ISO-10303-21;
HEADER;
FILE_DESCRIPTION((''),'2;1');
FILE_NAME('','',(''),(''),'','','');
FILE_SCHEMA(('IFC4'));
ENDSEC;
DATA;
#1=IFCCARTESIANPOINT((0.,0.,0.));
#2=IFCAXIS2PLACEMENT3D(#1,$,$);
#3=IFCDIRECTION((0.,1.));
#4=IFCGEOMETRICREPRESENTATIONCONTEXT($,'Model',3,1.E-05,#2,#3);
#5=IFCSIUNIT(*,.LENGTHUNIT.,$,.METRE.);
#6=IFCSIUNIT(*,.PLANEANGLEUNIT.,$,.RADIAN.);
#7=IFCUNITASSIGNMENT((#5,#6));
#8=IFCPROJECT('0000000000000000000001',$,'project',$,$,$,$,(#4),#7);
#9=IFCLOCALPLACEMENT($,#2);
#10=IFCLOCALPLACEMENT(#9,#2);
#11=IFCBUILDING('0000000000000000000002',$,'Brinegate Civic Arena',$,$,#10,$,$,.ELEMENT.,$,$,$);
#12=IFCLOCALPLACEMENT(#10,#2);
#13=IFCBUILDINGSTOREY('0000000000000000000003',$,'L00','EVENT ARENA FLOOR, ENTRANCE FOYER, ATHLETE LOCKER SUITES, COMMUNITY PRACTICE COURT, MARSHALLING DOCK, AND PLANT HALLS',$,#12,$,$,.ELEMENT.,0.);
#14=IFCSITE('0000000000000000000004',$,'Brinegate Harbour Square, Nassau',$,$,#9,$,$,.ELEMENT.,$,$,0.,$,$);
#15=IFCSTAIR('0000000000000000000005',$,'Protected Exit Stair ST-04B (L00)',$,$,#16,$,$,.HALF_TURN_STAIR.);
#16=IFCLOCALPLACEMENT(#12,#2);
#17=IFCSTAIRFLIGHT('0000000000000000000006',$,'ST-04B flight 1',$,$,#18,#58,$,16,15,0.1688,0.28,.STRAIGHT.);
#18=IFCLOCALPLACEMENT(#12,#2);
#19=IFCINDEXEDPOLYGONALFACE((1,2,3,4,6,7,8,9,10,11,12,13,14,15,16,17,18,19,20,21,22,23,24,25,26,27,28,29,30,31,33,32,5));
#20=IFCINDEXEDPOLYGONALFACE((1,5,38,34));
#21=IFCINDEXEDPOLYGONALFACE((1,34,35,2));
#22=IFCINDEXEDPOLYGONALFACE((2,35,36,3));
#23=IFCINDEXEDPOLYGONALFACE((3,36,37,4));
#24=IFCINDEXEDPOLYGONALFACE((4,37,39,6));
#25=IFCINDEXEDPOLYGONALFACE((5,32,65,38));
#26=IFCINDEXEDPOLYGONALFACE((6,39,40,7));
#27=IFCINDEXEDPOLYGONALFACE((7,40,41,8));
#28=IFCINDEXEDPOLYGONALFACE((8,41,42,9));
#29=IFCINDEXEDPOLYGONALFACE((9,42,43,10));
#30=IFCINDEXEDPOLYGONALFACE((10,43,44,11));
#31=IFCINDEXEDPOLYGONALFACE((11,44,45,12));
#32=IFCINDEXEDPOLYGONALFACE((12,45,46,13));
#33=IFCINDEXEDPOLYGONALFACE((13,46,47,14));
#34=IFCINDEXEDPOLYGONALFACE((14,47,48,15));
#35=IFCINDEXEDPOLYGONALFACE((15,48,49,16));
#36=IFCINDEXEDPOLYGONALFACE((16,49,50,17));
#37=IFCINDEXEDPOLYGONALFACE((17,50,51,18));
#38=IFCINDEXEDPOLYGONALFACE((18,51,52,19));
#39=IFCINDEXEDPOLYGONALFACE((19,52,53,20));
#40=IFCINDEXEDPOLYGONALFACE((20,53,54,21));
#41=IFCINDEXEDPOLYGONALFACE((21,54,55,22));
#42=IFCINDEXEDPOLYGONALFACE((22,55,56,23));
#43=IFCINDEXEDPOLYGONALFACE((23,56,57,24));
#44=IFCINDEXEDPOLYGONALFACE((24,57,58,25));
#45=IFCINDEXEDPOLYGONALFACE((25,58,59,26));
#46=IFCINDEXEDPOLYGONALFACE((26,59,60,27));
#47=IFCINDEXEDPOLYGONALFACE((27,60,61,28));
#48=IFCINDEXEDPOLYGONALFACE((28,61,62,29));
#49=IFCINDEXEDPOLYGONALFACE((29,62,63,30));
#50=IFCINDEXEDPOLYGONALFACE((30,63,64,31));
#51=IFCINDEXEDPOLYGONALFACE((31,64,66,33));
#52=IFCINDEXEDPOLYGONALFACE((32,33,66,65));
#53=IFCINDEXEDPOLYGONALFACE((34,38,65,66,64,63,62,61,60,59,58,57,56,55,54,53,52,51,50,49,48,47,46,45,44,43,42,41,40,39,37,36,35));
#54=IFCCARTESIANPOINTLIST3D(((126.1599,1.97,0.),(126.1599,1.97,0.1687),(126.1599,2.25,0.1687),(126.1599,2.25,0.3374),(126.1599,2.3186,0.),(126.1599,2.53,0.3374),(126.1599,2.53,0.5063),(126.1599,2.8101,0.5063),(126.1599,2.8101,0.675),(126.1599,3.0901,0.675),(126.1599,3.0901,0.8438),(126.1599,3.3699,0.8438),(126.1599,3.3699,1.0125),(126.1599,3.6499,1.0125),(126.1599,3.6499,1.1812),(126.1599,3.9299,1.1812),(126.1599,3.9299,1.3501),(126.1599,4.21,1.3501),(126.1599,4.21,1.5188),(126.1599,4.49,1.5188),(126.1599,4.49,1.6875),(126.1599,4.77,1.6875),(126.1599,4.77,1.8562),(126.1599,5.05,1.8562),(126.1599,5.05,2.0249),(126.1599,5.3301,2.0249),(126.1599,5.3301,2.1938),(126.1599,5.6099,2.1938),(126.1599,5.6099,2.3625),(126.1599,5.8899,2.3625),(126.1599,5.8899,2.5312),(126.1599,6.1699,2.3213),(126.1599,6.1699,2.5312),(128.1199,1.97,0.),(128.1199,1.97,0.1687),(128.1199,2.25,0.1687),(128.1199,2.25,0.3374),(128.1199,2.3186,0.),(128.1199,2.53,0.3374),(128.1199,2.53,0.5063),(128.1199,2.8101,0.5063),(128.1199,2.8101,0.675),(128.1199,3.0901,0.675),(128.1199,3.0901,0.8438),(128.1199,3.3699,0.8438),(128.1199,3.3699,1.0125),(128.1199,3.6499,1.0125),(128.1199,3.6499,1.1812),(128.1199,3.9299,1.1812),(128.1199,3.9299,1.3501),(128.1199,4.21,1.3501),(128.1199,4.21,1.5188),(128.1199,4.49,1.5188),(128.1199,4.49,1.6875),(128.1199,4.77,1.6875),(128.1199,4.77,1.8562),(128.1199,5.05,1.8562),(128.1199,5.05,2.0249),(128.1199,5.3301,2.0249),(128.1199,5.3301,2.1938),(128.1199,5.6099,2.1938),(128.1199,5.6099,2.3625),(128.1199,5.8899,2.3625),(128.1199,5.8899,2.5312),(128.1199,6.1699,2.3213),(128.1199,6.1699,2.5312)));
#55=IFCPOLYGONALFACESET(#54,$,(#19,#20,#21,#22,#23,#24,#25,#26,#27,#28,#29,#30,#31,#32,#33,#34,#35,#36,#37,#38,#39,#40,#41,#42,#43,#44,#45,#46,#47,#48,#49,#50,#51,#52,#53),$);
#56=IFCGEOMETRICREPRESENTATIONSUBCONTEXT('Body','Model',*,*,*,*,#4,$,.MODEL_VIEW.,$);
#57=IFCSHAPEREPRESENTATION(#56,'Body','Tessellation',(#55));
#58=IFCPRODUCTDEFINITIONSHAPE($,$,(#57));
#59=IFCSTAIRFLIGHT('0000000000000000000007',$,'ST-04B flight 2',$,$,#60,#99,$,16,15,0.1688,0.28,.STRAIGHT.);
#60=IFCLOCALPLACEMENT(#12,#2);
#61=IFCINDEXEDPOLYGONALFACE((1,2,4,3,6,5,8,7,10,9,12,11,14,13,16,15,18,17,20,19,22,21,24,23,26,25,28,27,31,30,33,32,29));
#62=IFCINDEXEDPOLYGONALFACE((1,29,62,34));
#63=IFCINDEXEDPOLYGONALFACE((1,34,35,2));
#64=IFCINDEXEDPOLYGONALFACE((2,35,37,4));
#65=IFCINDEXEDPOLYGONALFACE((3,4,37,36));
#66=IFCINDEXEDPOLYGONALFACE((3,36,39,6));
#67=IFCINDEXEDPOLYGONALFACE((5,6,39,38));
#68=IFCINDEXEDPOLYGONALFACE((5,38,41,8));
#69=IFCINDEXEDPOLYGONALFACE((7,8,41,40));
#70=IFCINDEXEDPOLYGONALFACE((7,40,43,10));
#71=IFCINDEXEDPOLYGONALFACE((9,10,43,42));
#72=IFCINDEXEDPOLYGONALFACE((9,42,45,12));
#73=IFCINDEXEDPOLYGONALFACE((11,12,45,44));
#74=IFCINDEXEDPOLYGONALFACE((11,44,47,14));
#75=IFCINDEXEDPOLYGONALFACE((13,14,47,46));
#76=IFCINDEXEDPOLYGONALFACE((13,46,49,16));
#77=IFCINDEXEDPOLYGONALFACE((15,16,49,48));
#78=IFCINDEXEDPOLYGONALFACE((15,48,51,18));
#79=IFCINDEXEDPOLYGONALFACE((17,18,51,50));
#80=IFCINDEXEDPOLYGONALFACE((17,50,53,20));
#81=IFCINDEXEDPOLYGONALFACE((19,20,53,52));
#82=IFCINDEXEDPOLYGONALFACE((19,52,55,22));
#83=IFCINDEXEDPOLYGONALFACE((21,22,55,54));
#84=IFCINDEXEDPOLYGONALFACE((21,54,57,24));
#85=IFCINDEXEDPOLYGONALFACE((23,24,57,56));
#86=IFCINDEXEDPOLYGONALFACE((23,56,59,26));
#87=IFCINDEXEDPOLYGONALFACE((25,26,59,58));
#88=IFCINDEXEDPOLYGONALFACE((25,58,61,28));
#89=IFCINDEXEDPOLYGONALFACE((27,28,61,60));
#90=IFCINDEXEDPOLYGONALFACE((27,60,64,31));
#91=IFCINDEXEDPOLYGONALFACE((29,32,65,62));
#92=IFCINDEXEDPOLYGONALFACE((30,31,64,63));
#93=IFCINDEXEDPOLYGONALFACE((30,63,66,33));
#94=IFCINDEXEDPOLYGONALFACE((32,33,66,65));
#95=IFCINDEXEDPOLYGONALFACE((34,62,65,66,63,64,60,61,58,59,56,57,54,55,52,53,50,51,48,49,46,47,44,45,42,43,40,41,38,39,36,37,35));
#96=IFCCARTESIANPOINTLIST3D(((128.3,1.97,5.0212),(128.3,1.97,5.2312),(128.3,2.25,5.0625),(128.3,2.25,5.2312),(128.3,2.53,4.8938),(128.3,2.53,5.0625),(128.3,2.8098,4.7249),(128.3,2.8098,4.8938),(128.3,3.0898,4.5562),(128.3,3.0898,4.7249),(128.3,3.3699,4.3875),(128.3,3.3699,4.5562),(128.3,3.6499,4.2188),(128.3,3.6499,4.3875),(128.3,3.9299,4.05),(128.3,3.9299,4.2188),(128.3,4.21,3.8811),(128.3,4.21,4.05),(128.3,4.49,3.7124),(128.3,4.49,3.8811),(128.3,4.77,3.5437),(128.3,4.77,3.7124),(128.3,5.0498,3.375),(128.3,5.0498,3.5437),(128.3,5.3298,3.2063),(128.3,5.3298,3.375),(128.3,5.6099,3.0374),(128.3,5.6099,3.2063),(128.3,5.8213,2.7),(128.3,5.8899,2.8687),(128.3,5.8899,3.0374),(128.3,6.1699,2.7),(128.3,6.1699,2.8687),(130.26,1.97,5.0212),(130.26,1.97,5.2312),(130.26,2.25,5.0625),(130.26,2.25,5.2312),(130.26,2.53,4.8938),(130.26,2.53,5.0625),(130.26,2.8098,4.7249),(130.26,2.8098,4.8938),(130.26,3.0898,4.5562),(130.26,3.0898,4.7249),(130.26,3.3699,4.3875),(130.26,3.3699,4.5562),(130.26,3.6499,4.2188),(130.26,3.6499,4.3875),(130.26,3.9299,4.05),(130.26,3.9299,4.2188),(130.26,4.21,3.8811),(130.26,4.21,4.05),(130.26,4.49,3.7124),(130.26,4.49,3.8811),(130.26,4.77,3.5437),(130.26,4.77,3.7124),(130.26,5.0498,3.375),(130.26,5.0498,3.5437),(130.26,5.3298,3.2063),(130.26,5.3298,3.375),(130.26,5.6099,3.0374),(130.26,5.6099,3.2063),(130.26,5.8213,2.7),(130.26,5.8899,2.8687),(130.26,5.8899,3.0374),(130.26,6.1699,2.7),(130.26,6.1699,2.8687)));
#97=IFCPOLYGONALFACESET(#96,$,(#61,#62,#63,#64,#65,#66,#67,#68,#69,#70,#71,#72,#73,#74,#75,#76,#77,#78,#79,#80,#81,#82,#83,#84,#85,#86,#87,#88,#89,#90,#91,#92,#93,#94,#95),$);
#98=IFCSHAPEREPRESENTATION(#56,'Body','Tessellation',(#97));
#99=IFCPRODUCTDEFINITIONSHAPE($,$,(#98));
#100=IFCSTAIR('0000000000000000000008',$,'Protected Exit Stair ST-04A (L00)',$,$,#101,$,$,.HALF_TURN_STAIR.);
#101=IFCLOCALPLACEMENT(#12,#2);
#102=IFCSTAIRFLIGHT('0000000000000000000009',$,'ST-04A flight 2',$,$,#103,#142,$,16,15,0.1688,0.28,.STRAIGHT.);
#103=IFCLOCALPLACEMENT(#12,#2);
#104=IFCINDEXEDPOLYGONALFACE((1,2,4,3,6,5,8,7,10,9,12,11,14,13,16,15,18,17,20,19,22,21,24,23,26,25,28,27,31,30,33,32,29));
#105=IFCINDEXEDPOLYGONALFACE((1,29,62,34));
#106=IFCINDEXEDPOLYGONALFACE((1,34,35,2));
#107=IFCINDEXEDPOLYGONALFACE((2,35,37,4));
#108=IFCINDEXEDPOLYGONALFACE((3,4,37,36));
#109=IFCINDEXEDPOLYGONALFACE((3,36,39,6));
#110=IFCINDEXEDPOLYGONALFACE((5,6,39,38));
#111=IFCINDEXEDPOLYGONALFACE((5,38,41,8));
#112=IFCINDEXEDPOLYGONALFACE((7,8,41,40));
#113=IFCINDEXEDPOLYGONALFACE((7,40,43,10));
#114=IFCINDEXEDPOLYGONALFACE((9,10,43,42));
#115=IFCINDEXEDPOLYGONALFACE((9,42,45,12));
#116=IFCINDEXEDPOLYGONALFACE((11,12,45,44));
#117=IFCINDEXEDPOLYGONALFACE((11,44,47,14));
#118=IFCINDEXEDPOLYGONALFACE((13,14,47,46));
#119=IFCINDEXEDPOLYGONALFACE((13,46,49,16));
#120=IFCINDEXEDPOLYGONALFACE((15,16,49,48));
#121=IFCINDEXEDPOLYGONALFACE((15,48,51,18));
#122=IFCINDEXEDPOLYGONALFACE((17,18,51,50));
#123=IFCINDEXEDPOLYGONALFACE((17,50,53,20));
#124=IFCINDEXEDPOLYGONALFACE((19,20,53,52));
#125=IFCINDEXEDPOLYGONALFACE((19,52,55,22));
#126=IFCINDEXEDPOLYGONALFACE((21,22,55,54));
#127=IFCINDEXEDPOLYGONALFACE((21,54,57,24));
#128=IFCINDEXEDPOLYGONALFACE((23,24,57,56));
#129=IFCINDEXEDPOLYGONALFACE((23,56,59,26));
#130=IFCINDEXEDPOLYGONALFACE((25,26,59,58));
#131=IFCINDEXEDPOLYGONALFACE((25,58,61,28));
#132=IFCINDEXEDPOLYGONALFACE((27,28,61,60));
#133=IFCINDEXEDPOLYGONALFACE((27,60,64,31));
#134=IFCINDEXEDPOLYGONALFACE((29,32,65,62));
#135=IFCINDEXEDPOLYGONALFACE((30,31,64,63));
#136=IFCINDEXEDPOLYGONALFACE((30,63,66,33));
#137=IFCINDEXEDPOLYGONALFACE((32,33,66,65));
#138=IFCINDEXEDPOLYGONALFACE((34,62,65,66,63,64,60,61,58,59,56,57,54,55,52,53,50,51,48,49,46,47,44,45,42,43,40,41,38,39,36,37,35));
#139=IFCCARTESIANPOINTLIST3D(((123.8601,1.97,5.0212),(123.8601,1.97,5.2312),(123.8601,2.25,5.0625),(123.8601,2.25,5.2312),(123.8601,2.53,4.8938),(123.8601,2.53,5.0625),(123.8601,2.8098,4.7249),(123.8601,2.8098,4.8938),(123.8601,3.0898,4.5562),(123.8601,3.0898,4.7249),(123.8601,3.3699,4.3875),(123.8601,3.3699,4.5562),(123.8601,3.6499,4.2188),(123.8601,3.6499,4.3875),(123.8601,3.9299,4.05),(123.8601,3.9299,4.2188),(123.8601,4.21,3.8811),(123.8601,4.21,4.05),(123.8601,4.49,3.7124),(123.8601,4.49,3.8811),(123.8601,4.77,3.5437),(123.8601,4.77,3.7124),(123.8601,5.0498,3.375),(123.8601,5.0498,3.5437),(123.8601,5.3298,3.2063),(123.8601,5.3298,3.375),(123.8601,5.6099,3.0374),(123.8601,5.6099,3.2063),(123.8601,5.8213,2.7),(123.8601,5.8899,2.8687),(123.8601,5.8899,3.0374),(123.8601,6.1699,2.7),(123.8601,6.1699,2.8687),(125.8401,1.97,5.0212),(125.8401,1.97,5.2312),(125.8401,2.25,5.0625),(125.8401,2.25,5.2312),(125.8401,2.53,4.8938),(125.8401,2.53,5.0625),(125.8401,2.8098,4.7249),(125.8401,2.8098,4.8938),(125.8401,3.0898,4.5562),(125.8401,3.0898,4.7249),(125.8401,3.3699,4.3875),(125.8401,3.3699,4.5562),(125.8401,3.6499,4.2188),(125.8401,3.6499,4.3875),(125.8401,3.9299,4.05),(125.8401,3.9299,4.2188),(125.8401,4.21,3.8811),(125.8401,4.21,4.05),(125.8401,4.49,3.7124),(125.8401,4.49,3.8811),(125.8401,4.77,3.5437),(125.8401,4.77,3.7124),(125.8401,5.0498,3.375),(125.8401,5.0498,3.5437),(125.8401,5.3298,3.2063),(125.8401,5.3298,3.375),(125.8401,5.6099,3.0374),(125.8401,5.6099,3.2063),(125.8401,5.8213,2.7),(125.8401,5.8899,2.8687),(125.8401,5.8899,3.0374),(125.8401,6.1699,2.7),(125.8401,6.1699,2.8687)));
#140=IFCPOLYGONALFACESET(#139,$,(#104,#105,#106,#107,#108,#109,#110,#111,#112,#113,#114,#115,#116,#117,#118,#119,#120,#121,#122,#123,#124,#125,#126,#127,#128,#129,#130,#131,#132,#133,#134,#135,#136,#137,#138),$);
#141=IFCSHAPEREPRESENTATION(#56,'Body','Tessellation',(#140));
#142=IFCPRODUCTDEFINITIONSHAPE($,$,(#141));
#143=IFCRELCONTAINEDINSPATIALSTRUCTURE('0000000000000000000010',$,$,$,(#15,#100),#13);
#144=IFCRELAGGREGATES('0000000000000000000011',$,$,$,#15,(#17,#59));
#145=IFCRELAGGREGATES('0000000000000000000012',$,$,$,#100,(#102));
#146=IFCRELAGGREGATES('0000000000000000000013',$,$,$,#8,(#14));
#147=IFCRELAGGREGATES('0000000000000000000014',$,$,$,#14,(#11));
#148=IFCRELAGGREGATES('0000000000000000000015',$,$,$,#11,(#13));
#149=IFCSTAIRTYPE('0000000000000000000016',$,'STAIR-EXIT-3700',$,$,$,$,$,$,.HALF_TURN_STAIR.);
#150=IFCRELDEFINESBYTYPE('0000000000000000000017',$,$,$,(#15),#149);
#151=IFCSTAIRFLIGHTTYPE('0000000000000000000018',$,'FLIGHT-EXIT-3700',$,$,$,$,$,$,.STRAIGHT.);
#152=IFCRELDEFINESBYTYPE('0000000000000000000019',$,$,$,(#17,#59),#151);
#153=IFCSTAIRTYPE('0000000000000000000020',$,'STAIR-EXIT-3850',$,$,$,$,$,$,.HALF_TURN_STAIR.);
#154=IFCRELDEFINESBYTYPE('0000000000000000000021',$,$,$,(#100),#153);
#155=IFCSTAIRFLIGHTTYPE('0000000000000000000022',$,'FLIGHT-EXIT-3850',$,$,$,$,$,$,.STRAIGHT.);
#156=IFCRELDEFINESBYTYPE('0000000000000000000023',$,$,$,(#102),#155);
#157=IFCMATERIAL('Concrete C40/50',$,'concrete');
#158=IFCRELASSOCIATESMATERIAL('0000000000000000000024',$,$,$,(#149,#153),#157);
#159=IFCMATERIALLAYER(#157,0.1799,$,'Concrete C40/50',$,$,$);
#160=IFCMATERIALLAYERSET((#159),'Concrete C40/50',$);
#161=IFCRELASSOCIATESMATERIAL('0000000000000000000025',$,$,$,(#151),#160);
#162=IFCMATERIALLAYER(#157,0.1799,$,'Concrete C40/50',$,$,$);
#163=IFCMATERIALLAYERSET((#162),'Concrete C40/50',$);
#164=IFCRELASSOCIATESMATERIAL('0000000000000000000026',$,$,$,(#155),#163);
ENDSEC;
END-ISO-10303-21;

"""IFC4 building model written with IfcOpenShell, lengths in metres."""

from ifc_helpers import new_model, si_unit, direction, frame, origin, place, context, subcontext, project, spatial, polyline, outline, extrude, material, layer, layer_set, type_object, element, aggregate, save


model = new_model("IFC4")

# Units and contexts
model_context = context("Model", 3, precision=1e-05, world=origin(), true_north=direction((0.0, 1.0)))
body_context = subcontext(model_context, "Body", "Model", "MODEL_VIEW")
ifc_project = project(units=[si_unit("LENGTHUNIT", "METRE"), si_unit("PLANEANGLEUNIT", "RADIAN")], contexts=[model_context])

# Site, building, storey
site_placement = place(None, origin())
site = spatial("IfcSite", under=ifc_project, at=site_placement, Name="Brinegate Harbour Square, Nassau", CompositionType="ELEMENT", RefElevation=0.0)
building_placement = place(site_placement, origin())
building = spatial("IfcBuilding", under=site, at=building_placement, Name="Brinegate Civic Arena", CompositionType="ELEMENT")
storey_placement = place(building_placement, origin())
storey = spatial("IfcBuildingStorey", under=building, at=storey_placement, Name="L00", Description="EVENT ARENA FLOOR, ENTRANCE FOYER, ATHLETE LOCKER SUITES, COMMUNITY PRACTICE COURT, MARSHALLING DOCK, AND PLANT HALLS", CompositionType="ELEMENT", Elevation=0.0)

# Shared definitions
ifc_material_1 = material(Name="Concrete C40/50", Category="concrete")

# Stair, stair flights
stair_type_1 = type_object("IfcStairType", Name="STAIR-EXIT-3700", PredefinedType="HALF_TURN_STAIR", material=ifc_material_1)
stair_1_placement = place(storey_placement, origin())
stair_1 = element("IfcStair", 1, at=stair_1_placement, inside=storey, type_object=stair_type_1, Name="Protected Exit Stair ST-04B (L00)", PredefinedType="HALF_TURN_STAIR")
ifc_layer_1 = layer(ifc_material_1, 0.1799, Name="Concrete C40/50")
ifc_layer_set_1 = layer_set([ifc_layer_1], Name="Concrete C40/50")
stair_flight_type_1 = type_object("IfcStairFlightType", Name="FLIGHT-EXIT-3700", PredefinedType="STRAIGHT", material=ifc_layer_set_1)
stair_flight_1_placement = place(storey_placement, frame((127.1399, 1.97, 0.0), z_axis=(0.0, 0.0, 1.0), x_axis=(0.0, 1.0, 0.0)))
stair_flight_1 = element("IfcStairFlight", 2, at=stair_flight_1_placement, type_object=stair_flight_type_1, Name="ST-04B flight 1", NumberOfRisers=16, NumberOfTreads=15, PredefinedType="STRAIGHT", RiserHeight=0.1688, TreadLength=0.28, context=body_context, shape_type="SweptSolid", body=[
    extrude(outline(polyline([(0.0, 0.0), (0.0, 0.1687), (0.28, 0.1687), (0.28, 0.3374), (0.5601, 0.3374), (0.5601, 0.5063), (0.8401, 0.5063), (0.8401, 0.675), (1.1201, 0.675), (1.1201, 0.8438), (1.3999, 0.8438), (1.3999, 1.0125), (1.6799, 1.0125), (1.6799, 1.1812), (1.96, 1.1812), (1.96, 1.3501), (2.24, 1.3501), (2.24, 1.5188), (2.52, 1.5188), (2.52, 1.6875), (2.8, 1.6875), (2.8, 1.8562), (3.0801, 1.8562), (3.0801, 2.0249), (3.3601, 2.0249), (3.3601, 2.1938), (3.6399, 2.1938), (3.6399, 2.3625), (3.9199, 2.3625), (3.9199, 2.5312), (4.2, 2.5312), (4.2, 2.7), (4.2, 2.3213), (0.3486, 0.0), (0.0, 0.0)])), frame((0.0, 0.98, 0.0), z_axis=(0.0, -1.0, 0.0), x_axis=(1.0, 0.0, 0.0)), (0.0, 0.0, 1.0), 1.96),
])
stair_flight_2_placement = place(storey_placement, frame((129.28, 6.1699, 2.7), z_axis=(0.0, 0.0, 1.0), x_axis=(0.0, -1.0, 0.0)))
stair_flight_2 = element("IfcStairFlight", 3, at=stair_flight_2_placement, type_object=stair_flight_type_1, Name="ST-04B flight 2", NumberOfRisers=16, NumberOfTreads=15, PredefinedType="STRAIGHT", RiserHeight=0.1688, TreadLength=0.28, context=body_context, shape_type="SweptSolid", body=[
    extrude(outline(polyline([(0.0, 0.0), (0.0, 0.1687), (0.28, 0.1687), (0.28, 0.3374), (0.5601, 0.3374), (0.5601, 0.5063), (0.8401, 0.5063), (0.8401, 0.675), (1.1201, 0.675), (1.1201, 0.8438), (1.3999, 0.8438), (1.3999, 1.0125), (1.6799, 1.0125), (1.6799, 1.1812), (1.96, 1.1812), (1.96, 1.3501), (2.24, 1.3501), (2.24, 1.5188), (2.52, 1.5188), (2.52, 1.6875), (2.8, 1.6875), (2.8, 1.8562), (3.0801, 1.8562), (3.0801, 2.0249), (3.3601, 2.0249), (3.3601, 2.1938), (3.6399, 2.1938), (3.6399, 2.3625), (3.9199, 2.3625), (3.9199, 2.5312), (4.2, 2.5312), (4.2, 2.7), (4.2, 2.3213), (0.3486, 0.0), (0.0, 0.0)])), frame((0.0, 0.98, 0.0), z_axis=(0.0, -1.0, 0.0), x_axis=(1.0, 0.0, 0.0)), (0.0, 0.0, 1.0), 1.96),
])
aggregate(stair_1, [stair_flight_1, stair_flight_2])

# Stair, stair flight
stair_type_2 = type_object("IfcStairType", Name="STAIR-EXIT-3850", PredefinedType="HALF_TURN_STAIR", material=ifc_material_1)
stair_2_placement = place(storey_placement, origin())
stair_2 = element("IfcStair", 4, at=stair_2_placement, inside=storey, type_object=stair_type_2, Name="Protected Exit Stair ST-04A (L00)", PredefinedType="HALF_TURN_STAIR")
ifc_layer_2 = layer(ifc_material_1, 0.1799, Name="Concrete C40/50")
ifc_layer_set_2 = layer_set([ifc_layer_2], Name="Concrete C40/50")
stair_flight_type_2 = type_object("IfcStairFlightType", Name="FLIGHT-EXIT-3850", PredefinedType="STRAIGHT", material=ifc_layer_set_2)
stair_flight_3_placement = place(storey_placement, frame((124.8501, 6.1699, 2.7), z_axis=(0.0, 0.0, 1.0), x_axis=(0.0, -1.0, 0.0)))
stair_flight_3 = element("IfcStairFlight", 5, at=stair_flight_3_placement, type_object=stair_flight_type_2, Name="ST-04A flight 2", NumberOfRisers=16, NumberOfTreads=15, PredefinedType="STRAIGHT", RiserHeight=0.1688, TreadLength=0.28, context=body_context, shape_type="SweptSolid", body=[
    extrude(outline(polyline([(0.0, 0.0), (0.0, 0.1687), (0.28, 0.1687), (0.28, 0.3374), (0.5601, 0.3374), (0.5601, 0.5063), (0.8401, 0.5063), (0.8401, 0.675), (1.1201, 0.675), (1.1201, 0.8438), (1.3999, 0.8438), (1.3999, 1.0125), (1.6799, 1.0125), (1.6799, 1.1812), (1.96, 1.1812), (1.96, 1.3501), (2.24, 1.3501), (2.24, 1.5188), (2.52, 1.5188), (2.52, 1.6875), (2.8, 1.6875), (2.8, 1.8562), (3.0801, 1.8562), (3.0801, 2.0249), (3.3601, 2.0249), (3.3601, 2.1938), (3.6399, 2.1938), (3.6399, 2.3625), (3.9199, 2.3625), (3.9199, 2.5312), (4.2, 2.5312), (4.2, 2.7), (4.2, 2.3213), (0.3486, 0.0), (0.0, 0.0)])), frame((0.0, 0.99, 0.0), z_axis=(0.0, -1.0, 0.0), x_axis=(1.0, 0.0, 0.0)), (0.0, 0.0, 1.0), 1.98),
])
aggregate(stair_2, [stair_flight_3])

save(model, "model.ifc")
